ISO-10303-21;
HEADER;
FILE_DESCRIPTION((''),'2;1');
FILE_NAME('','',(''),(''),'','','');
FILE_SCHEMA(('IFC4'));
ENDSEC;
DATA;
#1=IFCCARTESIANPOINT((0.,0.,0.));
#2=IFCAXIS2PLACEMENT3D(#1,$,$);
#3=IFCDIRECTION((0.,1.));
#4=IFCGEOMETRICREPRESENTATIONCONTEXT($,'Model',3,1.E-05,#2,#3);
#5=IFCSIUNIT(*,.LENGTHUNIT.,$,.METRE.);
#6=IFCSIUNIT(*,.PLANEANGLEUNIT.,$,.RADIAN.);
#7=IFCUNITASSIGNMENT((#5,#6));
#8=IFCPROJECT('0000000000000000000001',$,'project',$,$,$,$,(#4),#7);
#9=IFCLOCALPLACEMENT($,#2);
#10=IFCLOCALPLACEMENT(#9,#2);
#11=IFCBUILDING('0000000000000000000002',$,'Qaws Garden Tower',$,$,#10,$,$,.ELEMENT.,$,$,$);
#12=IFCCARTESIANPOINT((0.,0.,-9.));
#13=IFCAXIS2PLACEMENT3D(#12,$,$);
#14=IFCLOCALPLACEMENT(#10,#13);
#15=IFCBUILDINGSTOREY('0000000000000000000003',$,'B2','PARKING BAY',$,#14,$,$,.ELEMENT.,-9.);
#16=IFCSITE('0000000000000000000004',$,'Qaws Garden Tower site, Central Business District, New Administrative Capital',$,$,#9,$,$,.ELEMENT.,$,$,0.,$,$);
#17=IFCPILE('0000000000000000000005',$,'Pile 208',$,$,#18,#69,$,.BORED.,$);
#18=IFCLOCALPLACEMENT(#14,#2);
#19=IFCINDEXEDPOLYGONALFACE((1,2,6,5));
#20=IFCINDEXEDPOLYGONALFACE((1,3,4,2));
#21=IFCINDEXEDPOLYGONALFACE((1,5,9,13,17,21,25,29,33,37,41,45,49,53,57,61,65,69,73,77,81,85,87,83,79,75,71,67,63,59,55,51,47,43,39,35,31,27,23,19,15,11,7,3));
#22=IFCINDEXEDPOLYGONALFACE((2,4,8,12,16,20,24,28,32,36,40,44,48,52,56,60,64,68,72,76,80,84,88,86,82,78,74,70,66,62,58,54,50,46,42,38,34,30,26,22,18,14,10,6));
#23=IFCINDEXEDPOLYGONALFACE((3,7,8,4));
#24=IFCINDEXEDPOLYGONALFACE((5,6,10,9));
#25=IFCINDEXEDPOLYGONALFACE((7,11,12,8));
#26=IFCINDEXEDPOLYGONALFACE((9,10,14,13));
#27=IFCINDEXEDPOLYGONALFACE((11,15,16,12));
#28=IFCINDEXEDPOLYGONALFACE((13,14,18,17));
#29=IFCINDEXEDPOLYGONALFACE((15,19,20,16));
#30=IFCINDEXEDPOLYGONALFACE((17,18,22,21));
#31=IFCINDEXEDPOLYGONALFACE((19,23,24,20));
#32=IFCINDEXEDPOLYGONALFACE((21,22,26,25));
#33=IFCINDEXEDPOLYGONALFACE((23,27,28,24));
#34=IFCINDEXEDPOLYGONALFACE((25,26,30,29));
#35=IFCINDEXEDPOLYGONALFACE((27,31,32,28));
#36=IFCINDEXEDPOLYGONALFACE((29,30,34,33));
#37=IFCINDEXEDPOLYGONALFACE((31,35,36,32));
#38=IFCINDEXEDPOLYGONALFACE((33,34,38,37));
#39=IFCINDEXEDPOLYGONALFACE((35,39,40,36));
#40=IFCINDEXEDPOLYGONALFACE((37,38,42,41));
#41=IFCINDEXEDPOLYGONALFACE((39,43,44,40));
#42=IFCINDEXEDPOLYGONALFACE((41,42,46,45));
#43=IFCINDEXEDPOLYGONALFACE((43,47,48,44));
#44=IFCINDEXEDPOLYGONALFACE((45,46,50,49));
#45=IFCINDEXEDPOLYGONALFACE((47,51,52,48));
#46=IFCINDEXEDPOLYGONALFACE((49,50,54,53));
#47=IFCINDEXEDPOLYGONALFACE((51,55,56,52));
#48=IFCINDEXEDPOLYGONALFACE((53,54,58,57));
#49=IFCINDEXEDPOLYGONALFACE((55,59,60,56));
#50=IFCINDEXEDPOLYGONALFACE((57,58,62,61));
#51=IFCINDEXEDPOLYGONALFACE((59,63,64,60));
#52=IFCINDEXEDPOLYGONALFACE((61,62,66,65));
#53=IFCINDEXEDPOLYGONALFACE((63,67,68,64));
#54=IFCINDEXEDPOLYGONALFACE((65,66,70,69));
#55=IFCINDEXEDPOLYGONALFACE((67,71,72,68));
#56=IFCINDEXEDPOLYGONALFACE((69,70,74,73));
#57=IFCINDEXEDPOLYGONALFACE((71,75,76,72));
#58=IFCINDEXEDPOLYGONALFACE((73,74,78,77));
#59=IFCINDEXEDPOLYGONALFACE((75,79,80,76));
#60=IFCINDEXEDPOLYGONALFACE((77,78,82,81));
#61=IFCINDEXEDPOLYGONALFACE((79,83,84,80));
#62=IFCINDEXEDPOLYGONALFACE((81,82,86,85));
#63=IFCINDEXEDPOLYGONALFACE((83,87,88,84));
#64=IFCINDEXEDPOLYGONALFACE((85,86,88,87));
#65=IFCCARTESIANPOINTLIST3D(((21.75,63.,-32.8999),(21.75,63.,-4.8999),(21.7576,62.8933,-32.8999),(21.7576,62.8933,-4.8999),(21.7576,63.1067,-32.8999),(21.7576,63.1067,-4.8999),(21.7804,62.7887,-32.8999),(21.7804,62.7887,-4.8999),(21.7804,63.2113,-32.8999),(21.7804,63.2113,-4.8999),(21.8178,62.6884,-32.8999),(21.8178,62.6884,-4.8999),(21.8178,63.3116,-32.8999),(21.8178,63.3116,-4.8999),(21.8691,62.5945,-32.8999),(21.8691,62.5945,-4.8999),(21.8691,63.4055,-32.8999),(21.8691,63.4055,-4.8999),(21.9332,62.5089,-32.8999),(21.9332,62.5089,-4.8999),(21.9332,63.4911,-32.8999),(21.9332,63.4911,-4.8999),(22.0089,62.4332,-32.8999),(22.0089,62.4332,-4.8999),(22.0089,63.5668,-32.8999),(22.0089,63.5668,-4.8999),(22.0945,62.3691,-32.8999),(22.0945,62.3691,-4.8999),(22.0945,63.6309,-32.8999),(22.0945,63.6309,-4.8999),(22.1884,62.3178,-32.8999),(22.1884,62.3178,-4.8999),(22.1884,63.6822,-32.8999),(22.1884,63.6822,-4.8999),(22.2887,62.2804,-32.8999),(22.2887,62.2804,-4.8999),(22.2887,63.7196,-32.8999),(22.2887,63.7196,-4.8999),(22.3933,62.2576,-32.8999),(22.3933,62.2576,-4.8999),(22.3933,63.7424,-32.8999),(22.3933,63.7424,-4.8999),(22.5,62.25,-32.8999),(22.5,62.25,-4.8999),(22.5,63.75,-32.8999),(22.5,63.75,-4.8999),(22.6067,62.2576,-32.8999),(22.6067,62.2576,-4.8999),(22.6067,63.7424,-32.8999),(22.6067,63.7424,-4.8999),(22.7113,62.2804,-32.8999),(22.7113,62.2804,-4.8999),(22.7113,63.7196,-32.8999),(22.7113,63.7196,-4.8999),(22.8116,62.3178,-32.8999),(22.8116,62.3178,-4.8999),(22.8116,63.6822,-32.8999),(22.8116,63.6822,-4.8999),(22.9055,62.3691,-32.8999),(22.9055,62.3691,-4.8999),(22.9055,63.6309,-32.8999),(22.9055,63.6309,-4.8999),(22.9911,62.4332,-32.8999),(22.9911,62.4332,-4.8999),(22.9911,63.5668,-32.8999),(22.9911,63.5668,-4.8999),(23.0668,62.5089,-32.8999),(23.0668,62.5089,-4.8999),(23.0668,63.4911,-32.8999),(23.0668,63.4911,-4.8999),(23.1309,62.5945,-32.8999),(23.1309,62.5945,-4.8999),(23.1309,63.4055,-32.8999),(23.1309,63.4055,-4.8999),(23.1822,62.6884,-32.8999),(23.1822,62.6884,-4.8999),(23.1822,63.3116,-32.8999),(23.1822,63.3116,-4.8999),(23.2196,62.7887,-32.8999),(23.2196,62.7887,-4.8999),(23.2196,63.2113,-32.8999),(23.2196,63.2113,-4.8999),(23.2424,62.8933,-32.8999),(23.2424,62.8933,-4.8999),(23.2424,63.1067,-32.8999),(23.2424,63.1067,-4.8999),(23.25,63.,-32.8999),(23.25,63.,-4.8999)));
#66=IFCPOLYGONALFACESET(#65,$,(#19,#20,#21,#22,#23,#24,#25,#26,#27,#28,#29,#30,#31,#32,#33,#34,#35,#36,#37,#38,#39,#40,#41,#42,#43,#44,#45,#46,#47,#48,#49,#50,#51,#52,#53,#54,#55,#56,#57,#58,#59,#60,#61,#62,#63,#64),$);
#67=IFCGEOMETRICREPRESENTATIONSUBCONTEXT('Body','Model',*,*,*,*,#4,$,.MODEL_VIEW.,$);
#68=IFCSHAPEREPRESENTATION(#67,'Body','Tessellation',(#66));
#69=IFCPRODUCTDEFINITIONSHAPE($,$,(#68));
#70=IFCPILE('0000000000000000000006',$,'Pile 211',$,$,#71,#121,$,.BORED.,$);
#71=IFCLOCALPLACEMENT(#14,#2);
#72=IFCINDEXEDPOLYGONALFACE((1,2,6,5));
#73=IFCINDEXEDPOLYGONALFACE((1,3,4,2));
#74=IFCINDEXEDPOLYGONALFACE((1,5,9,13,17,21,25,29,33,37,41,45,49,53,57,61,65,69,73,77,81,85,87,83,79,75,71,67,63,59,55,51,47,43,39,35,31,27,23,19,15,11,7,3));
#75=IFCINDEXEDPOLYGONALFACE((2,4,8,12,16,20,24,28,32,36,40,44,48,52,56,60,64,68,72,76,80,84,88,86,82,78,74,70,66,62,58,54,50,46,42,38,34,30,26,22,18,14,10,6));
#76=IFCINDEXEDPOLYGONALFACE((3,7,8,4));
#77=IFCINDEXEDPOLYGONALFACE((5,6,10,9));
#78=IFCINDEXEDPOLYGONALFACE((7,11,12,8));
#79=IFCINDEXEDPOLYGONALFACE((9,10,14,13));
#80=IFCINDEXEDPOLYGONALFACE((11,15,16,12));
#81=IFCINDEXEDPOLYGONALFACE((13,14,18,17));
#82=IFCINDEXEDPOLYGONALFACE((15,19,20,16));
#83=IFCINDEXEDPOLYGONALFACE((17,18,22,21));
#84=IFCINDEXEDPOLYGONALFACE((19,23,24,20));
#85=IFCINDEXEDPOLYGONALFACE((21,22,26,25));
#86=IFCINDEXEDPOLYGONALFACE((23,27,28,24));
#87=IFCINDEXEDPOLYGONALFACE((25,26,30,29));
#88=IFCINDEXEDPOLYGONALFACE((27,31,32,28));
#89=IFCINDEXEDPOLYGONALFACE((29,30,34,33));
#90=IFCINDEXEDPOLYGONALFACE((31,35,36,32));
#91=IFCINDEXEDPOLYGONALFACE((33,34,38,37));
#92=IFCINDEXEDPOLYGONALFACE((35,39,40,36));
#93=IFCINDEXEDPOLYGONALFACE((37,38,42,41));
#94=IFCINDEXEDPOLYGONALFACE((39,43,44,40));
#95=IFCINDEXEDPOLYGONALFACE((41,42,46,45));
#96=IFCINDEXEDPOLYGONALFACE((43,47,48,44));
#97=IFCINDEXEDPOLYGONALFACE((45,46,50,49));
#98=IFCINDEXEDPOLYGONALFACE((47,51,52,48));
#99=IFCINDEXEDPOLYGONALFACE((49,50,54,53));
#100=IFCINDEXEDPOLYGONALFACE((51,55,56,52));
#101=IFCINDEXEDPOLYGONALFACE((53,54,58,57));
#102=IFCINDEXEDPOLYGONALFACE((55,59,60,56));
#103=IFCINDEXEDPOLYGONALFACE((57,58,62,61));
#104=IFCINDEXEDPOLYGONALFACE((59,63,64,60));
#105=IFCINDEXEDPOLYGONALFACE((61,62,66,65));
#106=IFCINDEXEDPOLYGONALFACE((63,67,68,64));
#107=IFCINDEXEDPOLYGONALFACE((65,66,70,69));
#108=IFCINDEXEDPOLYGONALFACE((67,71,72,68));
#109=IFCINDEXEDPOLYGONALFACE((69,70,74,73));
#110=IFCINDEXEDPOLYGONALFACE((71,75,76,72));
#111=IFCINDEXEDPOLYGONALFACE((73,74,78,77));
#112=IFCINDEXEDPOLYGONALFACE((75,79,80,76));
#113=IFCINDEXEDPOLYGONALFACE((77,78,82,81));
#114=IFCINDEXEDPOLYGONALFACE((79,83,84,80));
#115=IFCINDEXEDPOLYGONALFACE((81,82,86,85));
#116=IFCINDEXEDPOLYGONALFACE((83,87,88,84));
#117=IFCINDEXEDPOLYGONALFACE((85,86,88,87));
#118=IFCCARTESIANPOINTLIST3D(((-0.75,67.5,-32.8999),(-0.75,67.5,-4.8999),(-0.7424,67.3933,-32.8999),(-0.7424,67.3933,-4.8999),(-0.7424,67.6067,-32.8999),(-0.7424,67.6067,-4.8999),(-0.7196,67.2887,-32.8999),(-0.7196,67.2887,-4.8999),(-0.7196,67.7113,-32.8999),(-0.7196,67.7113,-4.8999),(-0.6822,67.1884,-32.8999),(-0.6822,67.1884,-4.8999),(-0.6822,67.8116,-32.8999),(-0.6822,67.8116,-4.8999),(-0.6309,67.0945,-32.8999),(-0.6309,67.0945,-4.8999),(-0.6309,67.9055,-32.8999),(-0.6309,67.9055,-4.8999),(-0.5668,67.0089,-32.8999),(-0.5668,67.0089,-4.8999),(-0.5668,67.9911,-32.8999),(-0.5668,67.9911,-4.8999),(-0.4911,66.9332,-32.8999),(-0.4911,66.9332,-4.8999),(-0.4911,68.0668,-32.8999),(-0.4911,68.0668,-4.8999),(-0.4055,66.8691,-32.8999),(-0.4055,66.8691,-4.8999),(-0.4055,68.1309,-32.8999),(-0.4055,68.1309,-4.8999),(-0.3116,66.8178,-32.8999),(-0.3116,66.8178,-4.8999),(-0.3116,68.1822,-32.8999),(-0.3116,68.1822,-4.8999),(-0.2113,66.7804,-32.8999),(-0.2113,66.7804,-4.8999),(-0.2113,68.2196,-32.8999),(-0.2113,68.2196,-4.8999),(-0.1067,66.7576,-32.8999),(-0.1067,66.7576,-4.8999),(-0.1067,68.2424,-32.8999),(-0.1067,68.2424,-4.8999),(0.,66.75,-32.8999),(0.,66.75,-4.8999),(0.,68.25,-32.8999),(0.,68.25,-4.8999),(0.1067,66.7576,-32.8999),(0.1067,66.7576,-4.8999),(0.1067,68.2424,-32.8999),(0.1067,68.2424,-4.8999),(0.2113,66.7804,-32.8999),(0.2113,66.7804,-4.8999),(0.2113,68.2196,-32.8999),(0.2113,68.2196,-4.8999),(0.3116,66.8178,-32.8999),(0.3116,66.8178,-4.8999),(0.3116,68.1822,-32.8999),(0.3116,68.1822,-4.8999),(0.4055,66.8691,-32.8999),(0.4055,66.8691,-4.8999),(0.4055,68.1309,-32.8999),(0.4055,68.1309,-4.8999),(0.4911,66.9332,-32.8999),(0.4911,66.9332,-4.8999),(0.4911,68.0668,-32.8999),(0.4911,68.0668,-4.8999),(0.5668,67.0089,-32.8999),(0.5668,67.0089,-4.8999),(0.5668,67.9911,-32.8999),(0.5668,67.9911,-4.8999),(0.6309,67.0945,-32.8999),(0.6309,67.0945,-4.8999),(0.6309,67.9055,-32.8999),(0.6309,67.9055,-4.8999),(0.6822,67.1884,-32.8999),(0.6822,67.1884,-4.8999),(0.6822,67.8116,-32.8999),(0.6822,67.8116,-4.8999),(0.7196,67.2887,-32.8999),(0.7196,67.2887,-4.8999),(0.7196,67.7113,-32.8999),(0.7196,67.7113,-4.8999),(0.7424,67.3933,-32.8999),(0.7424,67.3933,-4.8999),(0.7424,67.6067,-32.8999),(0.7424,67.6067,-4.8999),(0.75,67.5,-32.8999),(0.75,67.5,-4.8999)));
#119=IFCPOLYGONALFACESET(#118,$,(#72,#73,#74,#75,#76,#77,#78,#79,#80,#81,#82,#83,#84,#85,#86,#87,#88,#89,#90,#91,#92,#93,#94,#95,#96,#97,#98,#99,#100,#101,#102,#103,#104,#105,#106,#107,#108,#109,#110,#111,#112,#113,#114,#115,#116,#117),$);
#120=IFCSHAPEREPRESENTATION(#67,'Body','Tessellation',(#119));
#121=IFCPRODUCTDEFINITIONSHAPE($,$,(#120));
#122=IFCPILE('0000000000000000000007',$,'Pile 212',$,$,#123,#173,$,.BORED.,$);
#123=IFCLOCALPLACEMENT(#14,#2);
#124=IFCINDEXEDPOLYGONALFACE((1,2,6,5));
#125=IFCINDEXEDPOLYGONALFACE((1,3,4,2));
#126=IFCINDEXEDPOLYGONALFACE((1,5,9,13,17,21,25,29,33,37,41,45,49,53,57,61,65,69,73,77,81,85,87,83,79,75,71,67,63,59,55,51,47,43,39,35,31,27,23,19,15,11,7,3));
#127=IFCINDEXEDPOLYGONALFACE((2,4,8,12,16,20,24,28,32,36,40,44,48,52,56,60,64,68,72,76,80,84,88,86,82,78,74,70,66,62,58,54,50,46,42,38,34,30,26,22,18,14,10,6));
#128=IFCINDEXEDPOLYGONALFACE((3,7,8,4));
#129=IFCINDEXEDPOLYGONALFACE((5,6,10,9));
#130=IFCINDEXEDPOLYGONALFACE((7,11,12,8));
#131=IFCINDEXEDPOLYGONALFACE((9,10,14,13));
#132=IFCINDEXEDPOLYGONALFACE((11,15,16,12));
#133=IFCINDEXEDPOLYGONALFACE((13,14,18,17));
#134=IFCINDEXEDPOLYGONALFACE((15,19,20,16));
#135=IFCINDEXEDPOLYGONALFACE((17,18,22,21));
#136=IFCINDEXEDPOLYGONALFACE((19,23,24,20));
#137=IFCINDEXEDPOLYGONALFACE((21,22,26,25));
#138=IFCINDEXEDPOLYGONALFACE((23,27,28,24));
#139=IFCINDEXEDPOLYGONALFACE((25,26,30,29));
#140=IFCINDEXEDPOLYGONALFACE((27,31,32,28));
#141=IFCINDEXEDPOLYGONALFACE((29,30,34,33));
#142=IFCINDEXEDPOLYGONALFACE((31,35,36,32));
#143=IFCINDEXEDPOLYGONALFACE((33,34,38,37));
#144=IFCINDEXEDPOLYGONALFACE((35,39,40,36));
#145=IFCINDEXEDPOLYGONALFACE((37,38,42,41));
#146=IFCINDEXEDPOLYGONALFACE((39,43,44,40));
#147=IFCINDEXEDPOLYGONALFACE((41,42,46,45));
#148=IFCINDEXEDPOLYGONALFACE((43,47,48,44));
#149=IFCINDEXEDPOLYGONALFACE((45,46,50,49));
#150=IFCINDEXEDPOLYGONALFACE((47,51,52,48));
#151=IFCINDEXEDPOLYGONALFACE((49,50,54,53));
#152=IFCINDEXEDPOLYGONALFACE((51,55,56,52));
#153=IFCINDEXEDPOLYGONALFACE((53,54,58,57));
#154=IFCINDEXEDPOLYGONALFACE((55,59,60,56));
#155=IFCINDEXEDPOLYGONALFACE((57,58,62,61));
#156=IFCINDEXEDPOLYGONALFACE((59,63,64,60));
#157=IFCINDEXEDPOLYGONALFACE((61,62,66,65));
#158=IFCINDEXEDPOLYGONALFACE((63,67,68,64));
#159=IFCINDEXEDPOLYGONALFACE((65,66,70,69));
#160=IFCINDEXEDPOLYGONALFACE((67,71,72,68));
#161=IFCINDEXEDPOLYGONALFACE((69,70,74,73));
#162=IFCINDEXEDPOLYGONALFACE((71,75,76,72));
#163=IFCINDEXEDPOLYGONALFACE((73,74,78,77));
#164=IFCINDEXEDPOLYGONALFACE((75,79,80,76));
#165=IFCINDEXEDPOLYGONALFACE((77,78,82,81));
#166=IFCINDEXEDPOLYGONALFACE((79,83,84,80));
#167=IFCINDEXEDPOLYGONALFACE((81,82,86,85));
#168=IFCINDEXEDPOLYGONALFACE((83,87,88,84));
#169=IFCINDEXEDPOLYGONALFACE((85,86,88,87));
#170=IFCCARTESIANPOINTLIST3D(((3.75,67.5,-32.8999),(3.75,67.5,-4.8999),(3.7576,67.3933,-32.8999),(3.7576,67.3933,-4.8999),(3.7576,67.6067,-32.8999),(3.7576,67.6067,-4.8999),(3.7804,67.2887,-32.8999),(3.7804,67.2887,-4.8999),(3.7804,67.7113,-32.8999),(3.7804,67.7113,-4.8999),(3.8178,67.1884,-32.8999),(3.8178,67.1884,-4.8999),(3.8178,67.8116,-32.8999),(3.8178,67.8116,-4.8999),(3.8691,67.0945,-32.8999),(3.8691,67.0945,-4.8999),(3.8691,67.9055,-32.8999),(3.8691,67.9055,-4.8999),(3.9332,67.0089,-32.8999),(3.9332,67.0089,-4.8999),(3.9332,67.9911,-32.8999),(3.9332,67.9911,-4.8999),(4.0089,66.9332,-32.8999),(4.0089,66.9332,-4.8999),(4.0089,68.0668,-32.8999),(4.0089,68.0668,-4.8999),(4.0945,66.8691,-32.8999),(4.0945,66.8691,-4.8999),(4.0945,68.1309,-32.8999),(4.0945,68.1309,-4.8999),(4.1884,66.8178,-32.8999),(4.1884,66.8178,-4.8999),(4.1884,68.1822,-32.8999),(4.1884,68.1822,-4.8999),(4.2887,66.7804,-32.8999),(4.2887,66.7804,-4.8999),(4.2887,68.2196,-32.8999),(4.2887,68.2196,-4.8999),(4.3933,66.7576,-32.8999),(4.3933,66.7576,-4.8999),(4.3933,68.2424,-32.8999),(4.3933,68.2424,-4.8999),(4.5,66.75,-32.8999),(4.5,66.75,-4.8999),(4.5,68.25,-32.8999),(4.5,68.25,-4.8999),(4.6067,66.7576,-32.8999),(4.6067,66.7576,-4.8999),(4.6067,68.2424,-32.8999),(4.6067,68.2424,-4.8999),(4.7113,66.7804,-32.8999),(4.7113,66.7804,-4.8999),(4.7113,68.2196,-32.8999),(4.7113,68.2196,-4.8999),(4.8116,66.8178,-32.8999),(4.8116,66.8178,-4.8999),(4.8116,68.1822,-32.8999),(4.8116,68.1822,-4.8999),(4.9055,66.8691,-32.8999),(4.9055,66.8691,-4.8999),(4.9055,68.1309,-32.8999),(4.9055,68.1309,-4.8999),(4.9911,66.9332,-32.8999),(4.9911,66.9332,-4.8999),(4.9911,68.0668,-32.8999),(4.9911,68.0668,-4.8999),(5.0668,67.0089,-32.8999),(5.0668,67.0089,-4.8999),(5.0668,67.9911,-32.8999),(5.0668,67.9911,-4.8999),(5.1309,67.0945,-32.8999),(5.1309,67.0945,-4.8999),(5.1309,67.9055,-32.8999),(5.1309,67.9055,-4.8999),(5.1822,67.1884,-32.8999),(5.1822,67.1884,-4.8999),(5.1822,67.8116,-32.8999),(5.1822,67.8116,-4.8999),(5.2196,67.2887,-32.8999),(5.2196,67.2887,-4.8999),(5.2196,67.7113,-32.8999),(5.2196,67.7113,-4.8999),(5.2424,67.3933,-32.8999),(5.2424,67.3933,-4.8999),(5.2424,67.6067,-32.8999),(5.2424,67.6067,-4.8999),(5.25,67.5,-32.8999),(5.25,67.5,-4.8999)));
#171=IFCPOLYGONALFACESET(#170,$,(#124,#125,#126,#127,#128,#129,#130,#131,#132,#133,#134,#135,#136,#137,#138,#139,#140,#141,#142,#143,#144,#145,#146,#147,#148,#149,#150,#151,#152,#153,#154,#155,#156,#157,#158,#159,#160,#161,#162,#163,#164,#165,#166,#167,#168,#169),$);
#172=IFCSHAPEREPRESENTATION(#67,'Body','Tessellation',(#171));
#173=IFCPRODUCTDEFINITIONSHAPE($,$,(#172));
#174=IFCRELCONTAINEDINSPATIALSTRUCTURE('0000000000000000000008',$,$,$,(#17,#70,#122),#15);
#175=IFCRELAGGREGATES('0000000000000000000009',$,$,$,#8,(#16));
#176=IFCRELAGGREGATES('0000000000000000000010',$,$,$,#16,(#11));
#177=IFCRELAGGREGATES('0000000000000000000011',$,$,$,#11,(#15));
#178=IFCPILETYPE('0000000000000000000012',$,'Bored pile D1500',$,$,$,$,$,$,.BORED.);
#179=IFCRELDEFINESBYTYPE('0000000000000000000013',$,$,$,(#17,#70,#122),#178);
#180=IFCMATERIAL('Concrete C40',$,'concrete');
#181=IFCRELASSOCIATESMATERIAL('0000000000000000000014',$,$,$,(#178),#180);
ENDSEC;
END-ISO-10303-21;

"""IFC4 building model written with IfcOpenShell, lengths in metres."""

from ifc_helpers import new_model, si_unit, direction, frame, origin, origin_2d, place, context, subcontext, project, spatial, circle, extrude, material, material_profile, profile_set, type_object, element, save


model = new_model("IFC4")

# Units and contexts
model_context = context("Model", 3, precision=1e-05, world=origin(), true_north=direction((0.0, 1.0)))
body_context = subcontext(model_context, "Body", "Model", "MODEL_VIEW")
ifc_project = project(units=[si_unit("LENGTHUNIT", "METRE"), si_unit("PLANEANGLEUNIT", "RADIAN")], contexts=[model_context])

# Site, building, storey
site_placement = place(None, origin())
site = spatial("IfcSite", under=ifc_project, at=site_placement, Name="Qaws Garden Tower site, Central Business District, New Administrative Capital", CompositionType="ELEMENT", RefElevation=0.0)
building_placement = place(site_placement, origin())
building = spatial("IfcBuilding", under=site, at=building_placement, Name="Qaws Garden Tower", CompositionType="ELEMENT")
storey_placement = place(building_placement, frame((0.0, 0.0, -9.0)))
storey = spatial("IfcBuildingStorey", under=building, at=storey_placement, Name="B2", Description="PARKING BAY", CompositionType="ELEMENT", Elevation=-9.0)

# Piles
ifc_material_1 = material(Name="Concrete C40", Category="concrete")
ifc_material_profile_1 = material_profile(ifc_material_1, circle(Radius=0.75, at=origin_2d()), Name="Bored pile D1500")
ifc_profile_set_1 = profile_set([ifc_material_profile_1], Name="Concrete C40")
pile_type = type_object("IfcPileType", Name="Bored pile D1500", PredefinedType="BORED", material=ifc_profile_set_1)
for number, where, z_axis, x_axis, name in (
    (1, (22.5, 63.0, -4.8999), (0.0, 0.0, -1.0), (1.0, 0.0, 0.0), "Pile 208"),
    (2, (0.0, 67.5, -4.8999), (0.0, 0.0, -1.0), (1.0, 0.0, 0.0), "Pile 211"),
    (3, (4.5, 67.5, -4.8999), (0.0, 0.0, -1.0), (1.0, 0.0, 0.0), "Pile 212"),
):
    element("IfcPile", number, at=place(storey_placement, frame(where, z_axis=z_axis, x_axis=x_axis)), inside=storey, type_object=pile_type, Name=name, PredefinedType="BORED", context=body_context, shape_type="SweptSolid", body=[
        extrude(circle(Radius=0.75, at=origin_2d()), origin(), (0.0, 0.0, 1.0), 28.0),
    ])

save(model, "model.ifc")
